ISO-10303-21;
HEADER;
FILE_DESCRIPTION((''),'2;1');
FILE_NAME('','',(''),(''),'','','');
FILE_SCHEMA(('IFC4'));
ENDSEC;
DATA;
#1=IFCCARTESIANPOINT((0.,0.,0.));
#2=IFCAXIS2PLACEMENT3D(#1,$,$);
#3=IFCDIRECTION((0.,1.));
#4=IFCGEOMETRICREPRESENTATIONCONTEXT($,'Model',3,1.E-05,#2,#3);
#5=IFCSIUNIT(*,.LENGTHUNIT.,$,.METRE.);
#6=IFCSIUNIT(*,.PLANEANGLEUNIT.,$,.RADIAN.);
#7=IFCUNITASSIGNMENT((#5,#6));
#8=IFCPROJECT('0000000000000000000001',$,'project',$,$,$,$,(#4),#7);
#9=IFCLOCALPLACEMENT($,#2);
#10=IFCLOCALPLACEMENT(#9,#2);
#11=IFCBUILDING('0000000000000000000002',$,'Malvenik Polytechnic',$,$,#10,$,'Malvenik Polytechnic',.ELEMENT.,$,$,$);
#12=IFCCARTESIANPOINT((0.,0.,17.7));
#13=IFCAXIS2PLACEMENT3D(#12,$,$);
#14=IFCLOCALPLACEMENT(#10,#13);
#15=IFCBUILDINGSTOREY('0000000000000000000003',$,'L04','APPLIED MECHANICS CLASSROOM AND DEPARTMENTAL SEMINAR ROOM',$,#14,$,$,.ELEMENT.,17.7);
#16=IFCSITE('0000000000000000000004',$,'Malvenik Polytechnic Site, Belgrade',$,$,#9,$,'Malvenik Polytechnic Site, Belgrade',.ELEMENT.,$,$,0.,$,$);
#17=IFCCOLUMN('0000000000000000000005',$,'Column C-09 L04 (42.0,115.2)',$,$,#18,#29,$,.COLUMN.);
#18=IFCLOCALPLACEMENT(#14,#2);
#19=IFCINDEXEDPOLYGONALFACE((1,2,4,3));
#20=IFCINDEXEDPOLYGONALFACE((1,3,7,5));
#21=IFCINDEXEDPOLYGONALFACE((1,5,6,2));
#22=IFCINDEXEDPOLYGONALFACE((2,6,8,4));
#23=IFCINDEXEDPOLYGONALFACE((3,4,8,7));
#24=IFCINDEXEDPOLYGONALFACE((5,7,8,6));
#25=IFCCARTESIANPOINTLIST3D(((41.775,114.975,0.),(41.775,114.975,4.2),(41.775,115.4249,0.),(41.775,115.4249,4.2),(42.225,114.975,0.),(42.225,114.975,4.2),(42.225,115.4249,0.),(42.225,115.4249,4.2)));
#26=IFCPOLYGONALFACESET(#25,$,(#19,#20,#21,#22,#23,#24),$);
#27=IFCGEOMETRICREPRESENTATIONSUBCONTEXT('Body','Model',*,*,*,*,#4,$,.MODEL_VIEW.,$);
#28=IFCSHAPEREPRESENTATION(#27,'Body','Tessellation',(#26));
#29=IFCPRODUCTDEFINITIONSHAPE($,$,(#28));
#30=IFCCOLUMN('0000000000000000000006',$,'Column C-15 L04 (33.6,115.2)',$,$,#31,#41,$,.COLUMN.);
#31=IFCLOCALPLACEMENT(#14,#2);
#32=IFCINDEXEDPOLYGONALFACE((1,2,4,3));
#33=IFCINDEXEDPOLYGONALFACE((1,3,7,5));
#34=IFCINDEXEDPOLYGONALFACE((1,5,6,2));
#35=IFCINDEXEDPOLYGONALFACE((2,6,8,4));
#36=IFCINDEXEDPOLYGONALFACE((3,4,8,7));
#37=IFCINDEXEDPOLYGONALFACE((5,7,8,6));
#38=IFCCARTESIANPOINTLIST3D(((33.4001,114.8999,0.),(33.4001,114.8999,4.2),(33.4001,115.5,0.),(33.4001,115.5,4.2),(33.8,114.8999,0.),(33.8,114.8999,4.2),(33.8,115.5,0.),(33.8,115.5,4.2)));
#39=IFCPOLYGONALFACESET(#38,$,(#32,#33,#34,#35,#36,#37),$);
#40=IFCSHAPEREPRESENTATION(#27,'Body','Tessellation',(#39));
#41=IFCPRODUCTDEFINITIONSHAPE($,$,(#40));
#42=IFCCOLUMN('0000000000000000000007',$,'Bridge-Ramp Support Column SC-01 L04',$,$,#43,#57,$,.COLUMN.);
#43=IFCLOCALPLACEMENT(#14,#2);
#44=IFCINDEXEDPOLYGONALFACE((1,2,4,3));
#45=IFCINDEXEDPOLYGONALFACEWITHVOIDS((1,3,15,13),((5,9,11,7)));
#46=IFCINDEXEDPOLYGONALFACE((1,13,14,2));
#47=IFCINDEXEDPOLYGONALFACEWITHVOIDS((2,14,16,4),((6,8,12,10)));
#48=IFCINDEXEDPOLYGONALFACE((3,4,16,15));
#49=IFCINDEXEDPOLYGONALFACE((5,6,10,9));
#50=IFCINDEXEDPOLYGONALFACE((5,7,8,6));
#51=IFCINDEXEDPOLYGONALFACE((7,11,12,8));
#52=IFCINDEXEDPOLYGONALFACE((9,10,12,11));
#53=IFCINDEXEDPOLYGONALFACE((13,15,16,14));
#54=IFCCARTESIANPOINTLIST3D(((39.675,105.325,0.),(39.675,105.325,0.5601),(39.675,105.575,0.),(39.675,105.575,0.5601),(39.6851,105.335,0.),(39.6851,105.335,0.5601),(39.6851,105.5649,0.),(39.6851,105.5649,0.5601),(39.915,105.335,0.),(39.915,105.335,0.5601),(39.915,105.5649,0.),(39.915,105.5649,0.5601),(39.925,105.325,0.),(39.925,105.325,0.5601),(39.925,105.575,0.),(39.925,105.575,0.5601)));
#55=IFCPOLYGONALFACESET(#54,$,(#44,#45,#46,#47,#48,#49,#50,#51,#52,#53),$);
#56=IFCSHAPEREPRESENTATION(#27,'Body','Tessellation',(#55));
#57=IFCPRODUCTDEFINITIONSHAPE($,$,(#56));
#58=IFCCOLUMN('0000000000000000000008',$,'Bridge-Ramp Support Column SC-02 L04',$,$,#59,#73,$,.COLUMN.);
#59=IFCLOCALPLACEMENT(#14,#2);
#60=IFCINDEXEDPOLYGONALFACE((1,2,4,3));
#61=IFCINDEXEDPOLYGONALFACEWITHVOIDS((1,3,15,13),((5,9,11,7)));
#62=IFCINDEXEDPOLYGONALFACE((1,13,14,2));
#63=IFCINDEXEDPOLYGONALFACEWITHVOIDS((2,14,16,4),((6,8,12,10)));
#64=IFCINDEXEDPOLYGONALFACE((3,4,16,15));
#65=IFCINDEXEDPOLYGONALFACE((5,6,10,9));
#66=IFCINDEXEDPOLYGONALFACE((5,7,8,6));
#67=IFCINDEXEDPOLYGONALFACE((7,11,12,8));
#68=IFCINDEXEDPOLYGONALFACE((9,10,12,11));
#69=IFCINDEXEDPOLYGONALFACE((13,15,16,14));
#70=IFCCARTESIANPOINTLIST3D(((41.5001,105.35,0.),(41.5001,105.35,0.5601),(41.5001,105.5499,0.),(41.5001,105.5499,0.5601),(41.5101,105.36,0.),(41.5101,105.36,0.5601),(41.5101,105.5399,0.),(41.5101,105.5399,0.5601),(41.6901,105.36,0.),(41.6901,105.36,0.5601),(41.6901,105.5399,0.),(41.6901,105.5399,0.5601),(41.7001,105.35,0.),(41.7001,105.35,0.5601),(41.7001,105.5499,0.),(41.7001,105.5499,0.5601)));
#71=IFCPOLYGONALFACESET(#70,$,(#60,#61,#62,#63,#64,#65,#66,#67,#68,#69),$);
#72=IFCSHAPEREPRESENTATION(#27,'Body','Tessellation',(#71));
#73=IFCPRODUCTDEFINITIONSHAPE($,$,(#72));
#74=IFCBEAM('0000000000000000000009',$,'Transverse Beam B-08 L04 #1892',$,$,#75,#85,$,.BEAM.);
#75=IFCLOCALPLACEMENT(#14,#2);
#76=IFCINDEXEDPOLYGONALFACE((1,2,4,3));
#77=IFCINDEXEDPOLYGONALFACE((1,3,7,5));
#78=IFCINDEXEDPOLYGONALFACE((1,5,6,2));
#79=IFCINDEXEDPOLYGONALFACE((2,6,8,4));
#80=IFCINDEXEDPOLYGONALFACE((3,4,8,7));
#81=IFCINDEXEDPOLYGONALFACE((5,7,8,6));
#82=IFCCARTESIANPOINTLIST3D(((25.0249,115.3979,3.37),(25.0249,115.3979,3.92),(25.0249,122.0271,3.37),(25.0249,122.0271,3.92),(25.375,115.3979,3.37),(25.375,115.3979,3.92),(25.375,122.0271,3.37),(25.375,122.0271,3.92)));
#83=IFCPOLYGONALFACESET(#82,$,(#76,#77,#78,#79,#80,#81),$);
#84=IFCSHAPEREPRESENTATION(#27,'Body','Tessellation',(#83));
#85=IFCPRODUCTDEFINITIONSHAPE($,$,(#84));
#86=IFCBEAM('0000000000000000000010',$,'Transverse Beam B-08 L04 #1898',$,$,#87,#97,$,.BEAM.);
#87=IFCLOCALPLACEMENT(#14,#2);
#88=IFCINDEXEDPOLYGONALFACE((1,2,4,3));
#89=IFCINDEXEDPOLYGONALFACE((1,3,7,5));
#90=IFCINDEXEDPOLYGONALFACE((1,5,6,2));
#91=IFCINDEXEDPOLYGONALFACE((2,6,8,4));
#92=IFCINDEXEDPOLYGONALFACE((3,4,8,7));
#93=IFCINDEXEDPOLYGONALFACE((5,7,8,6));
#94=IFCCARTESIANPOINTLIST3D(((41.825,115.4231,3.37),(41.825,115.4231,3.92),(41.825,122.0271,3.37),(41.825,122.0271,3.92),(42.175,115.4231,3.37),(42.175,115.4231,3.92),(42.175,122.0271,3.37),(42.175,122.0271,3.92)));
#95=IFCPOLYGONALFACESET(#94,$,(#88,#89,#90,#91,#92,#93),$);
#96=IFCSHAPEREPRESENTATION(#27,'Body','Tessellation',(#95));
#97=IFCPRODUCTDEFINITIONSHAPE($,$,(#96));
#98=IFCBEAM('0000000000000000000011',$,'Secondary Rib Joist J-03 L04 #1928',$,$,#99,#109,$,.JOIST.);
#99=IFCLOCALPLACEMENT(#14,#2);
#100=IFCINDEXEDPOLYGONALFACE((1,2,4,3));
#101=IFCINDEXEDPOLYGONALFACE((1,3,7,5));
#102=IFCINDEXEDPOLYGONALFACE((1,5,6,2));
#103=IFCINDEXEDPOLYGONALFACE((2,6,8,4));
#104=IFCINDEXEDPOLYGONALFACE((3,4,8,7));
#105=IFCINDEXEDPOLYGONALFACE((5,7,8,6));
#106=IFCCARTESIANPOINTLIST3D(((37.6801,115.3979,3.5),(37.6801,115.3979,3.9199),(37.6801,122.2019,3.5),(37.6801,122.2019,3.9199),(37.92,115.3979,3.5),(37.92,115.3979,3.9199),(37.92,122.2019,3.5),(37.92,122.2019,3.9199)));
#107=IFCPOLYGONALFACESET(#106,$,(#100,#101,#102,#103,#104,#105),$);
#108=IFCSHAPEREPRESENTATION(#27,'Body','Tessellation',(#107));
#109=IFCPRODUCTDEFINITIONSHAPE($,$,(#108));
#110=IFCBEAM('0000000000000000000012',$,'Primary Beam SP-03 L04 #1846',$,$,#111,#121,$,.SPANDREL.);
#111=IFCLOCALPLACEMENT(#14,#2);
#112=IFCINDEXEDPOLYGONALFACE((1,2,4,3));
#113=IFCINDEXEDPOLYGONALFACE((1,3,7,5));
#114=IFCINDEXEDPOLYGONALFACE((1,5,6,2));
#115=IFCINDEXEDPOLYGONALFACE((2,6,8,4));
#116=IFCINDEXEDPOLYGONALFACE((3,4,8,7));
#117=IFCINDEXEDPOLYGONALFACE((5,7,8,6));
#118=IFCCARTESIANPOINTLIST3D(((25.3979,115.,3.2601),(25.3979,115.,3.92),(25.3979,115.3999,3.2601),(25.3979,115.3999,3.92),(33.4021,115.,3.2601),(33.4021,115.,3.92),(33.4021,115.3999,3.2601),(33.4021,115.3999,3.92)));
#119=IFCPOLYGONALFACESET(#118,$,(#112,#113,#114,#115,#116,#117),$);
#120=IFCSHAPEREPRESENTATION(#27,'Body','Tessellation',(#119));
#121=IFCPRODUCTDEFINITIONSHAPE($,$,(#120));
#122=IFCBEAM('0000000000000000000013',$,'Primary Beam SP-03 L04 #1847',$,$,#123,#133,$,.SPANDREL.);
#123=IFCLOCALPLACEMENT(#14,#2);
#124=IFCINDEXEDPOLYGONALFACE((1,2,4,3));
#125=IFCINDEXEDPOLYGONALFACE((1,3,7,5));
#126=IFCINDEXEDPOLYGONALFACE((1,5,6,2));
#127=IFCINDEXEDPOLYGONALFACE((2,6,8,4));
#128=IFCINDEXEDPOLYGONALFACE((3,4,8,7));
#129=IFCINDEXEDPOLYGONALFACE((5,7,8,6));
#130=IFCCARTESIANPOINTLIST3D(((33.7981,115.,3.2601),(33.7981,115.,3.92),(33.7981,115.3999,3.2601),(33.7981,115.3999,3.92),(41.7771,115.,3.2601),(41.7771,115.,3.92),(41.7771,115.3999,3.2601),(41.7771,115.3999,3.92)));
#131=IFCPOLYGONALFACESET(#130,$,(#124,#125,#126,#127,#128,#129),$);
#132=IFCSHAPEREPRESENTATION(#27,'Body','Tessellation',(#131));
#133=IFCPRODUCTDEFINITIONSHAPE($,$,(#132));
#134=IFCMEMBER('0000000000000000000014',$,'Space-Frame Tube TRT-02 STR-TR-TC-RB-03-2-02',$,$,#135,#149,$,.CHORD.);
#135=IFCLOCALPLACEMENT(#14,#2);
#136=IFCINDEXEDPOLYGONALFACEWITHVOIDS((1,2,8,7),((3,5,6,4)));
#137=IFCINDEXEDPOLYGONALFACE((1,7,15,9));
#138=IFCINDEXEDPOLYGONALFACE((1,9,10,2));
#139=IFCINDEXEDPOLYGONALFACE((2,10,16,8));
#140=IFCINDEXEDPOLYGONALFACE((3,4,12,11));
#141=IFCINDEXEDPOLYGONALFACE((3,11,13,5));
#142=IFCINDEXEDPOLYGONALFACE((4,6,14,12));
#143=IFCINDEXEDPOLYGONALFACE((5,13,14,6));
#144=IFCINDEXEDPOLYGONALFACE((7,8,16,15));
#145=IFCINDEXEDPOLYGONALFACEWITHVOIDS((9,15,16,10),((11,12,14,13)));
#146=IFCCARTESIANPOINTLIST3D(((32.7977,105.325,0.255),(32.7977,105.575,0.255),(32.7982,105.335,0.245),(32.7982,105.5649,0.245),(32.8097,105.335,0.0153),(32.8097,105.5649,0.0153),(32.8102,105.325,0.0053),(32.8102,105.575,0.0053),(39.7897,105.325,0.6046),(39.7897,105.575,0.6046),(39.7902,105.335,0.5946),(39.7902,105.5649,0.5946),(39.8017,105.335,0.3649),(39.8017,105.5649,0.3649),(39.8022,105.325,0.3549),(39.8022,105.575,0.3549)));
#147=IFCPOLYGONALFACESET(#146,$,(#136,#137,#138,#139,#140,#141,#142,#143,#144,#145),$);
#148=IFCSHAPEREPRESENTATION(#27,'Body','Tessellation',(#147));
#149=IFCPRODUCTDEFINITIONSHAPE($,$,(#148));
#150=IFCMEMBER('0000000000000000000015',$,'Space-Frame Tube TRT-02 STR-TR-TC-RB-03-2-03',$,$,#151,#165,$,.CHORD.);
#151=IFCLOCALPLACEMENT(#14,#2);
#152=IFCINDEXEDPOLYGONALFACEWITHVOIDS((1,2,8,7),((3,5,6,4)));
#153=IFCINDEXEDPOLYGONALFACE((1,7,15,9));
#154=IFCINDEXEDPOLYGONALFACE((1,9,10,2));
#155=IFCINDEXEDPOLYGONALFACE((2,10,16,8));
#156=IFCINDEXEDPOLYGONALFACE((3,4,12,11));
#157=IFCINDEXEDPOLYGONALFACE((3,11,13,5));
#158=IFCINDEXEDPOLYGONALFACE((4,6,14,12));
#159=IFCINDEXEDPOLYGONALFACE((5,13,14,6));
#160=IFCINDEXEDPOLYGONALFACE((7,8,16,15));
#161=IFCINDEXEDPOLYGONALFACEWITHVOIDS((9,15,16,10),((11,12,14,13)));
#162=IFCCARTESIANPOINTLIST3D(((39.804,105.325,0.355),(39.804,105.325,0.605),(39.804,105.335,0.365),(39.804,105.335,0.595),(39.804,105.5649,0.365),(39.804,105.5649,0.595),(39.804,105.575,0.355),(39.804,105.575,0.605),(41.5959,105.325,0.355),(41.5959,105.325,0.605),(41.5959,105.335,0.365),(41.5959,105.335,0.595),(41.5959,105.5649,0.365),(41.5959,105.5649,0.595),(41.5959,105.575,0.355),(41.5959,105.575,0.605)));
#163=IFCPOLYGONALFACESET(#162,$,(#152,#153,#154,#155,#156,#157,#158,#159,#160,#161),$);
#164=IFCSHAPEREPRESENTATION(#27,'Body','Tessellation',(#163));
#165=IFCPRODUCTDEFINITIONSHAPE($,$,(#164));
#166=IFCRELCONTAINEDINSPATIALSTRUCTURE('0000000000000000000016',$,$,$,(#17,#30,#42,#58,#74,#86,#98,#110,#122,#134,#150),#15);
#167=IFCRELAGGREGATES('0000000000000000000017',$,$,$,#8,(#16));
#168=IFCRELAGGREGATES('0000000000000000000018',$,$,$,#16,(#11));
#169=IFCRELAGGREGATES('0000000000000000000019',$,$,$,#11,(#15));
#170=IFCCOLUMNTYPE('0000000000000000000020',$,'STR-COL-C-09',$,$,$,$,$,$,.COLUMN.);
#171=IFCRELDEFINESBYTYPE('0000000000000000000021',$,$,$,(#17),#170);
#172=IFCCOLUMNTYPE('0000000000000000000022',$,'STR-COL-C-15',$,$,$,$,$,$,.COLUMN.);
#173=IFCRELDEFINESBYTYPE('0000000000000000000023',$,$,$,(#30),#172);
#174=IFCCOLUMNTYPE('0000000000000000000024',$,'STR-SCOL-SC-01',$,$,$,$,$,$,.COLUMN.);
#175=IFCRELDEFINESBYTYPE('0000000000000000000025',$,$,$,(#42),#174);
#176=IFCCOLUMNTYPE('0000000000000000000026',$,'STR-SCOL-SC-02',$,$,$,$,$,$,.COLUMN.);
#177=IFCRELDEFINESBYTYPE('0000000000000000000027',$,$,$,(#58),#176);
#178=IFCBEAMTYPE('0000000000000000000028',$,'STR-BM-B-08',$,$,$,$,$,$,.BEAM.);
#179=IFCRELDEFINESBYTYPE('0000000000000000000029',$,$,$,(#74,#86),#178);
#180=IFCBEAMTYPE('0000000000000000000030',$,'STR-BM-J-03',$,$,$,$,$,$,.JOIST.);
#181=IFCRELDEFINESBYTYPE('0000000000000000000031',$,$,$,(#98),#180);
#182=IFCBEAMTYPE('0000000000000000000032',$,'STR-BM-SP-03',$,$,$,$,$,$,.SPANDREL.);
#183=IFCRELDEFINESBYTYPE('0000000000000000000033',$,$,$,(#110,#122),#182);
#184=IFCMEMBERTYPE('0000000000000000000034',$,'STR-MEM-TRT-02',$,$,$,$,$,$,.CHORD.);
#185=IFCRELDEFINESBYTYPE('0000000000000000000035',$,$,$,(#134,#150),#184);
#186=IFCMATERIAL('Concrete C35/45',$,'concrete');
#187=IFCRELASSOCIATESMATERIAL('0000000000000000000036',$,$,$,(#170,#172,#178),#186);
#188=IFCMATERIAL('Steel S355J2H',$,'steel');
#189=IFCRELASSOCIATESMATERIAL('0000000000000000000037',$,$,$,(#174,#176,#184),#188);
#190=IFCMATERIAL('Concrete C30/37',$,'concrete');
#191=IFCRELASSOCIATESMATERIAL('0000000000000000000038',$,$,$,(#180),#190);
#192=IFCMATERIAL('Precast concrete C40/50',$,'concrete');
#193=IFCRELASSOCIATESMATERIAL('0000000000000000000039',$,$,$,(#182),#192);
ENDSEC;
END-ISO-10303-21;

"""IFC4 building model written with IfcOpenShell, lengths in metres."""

from ifc_helpers import new_model, si_unit, direction, frame, origin, origin_2d, place, context, subcontext, project, spatial, rectangle, hollow_rectangle, extrude, material, material_profile, profile_set, type_object, element, save


model = new_model("IFC4")

# Units and contexts
model_context = context("Model", 3, precision=1e-05, world=origin(), true_north=direction((0.0, 1.0)))
body_context = subcontext(model_context, "Body", "Model", "MODEL_VIEW")
ifc_project = project(units=[si_unit("LENGTHUNIT", "METRE"), si_unit("PLANEANGLEUNIT", "RADIAN")], contexts=[model_context])

# Site, building, storey
site_placement = place(None, origin())
site = spatial("IfcSite", under=ifc_project, at=site_placement, Name="Malvenik Polytechnic Site, Belgrade", LongName="Malvenik Polytechnic Site, Belgrade", CompositionType="ELEMENT", RefElevation=0.0)
building_placement = place(site_placement, origin())
building = spatial("IfcBuilding", under=site, at=building_placement, Name="Malvenik Polytechnic", LongName="Malvenik Polytechnic", CompositionType="ELEMENT")
storey_placement = place(building_placement, frame((0.0, 0.0, 17.7)))
storey = spatial("IfcBuildingStorey", under=building, at=storey_placement, Name="L04", Description="APPLIED MECHANICS CLASSROOM AND DEPARTMENTAL SEMINAR ROOM", CompositionType="ELEMENT", Elevation=17.7)

# Columns
ifc_material_1 = material(Name="Concrete C35/45", Category="concrete")
ifc_material_profile_1 = material_profile(ifc_material_1, rectangle(XDim=0.45, YDim=0.45, at=origin_2d()), Name="RC COL 450x450")
ifc_profile_set_1 = profile_set([ifc_material_profile_1], Name="Concrete C35/45")
column_type_1 = type_object("IfcColumnType", Name="STR-COL-C-09", PredefinedType="COLUMN", material=ifc_profile_set_1)
column_1_placement = place(storey_placement, frame((42.0, 115.2, 0.0), z_axis=(0.0, 0.0, 1.0), x_axis=(1.0, 0.0, 0.0)))
element("IfcColumn", 1, at=column_1_placement, inside=storey, type_object=column_type_1, Name="Column C-09 L04 (42.0,115.2)", PredefinedType="COLUMN", context=body_context, shape_type="SweptSolid", body=[
    extrude(rectangle(XDim=0.45, YDim=0.45, at=origin_2d()), origin(), (0.0, 0.0, 1.0), 4.2),
])
ifc_material_profile_2 = material_profile(ifc_material_1, rectangle(XDim=0.3999, YDim=0.6001, at=origin_2d()), Name="RC COL 600x400")
ifc_profile_set_2 = profile_set([ifc_material_profile_2], Name="Concrete C35/45")
column_type_2 = type_object("IfcColumnType", Name="STR-COL-C-15", PredefinedType="COLUMN", material=ifc_profile_set_2)
column_2_placement = place(storey_placement, frame((33.6001, 115.2, 0.0), z_axis=(0.0, 0.0, 1.0), x_axis=(1.0, 0.0, 0.0)))
element("IfcColumn", 2, at=column_2_placement, inside=storey, type_object=column_type_2, Name="Column C-15 L04 (33.6,115.2)", PredefinedType="COLUMN", context=body_context, shape_type="SweptSolid", body=[
    extrude(rectangle(XDim=0.3999, YDim=0.6001, at=origin_2d()), origin(), (0.0, 0.0, 1.0), 4.2),
])
ifc_material_2 = material(Name="Steel S355J2H", Category="steel")
ifc_material_profile_3 = material_profile(ifc_material_2, hollow_rectangle(XDim=0.25, YDim=0.25, WallThickness=0.01, at=origin_2d()), Name="SHS 250x250x10.0")
ifc_profile_set_3 = profile_set([ifc_material_profile_3], Name="Steel S355J2H")
column_type_3 = type_object("IfcColumnType", Name="STR-SCOL-SC-01", PredefinedType="COLUMN", material=ifc_profile_set_3)
column_3_placement = place(storey_placement, frame((39.8, 105.45, 0.0), z_axis=(0.0, 0.0, 1.0), x_axis=(1.0, 0.0, 0.0)))
element("IfcColumn", 3, at=column_3_placement, inside=storey, type_object=column_type_3, Name="Bridge-Ramp Support Column SC-01 L04", PredefinedType="COLUMN", context=body_context, shape_type="SweptSolid", body=[
    extrude(hollow_rectangle(XDim=0.25, YDim=0.25, WallThickness=0.01, at=origin_2d()), origin(), (0.0, 0.0, 1.0), 0.5601),
])
ifc_material_profile_4 = material_profile(ifc_material_2, hollow_rectangle(XDim=0.2, YDim=0.2, WallThickness=0.01, at=origin_2d()), Name="SHS 200x200x10.0")
ifc_profile_set_4 = profile_set([ifc_material_profile_4], Name="Steel S355J2H")
column_type_4 = type_object("IfcColumnType", Name="STR-SCOL-SC-02", PredefinedType="COLUMN", material=ifc_profile_set_4)
column_4_placement = place(storey_placement, frame((41.6001, 105.45, 0.0), z_axis=(0.0, 0.0, 1.0), x_axis=(1.0, 0.0, 0.0)))
element("IfcColumn", 4, at=column_4_placement, inside=storey, type_object=column_type_4, Name="Bridge-Ramp Support Column SC-02 L04", PredefinedType="COLUMN", context=body_context, shape_type="SweptSolid", body=[
    extrude(hollow_rectangle(XDim=0.2, YDim=0.2, WallThickness=0.01, at=origin_2d()), origin(), (0.0, 0.0, 1.0), 0.5601),
])

# Beams
ifc_material_profile_5 = material_profile(ifc_material_1, rectangle(XDim=0.3501, YDim=0.55, at=origin_2d()), Name="RC BM 350x550")
ifc_profile_set_5 = profile_set([ifc_material_profile_5], Name="Concrete C35/45")
beam_type_1 = type_object("IfcBeamType", Name="STR-BM-B-08", PredefinedType="BEAM", material=ifc_profile_set_5)
beam_1_placement = place(storey_placement, frame((25.2, 115.3979, 3.645), z_axis=(0.0, 1.0, 0.0), x_axis=(-1.0, 0.0, 0.0)))
element("IfcBeam", 5, at=beam_1_placement, inside=storey, type_object=beam_type_1, Name="Transverse Beam B-08 L04 #1892", PredefinedType="BEAM", context=body_context, shape_type="SweptSolid", body=[
    extrude(rectangle(XDim=0.3501, YDim=0.55, at=origin_2d()), origin(), (0.0, 0.0, 1.0), 6.6292),
])
beam_2_placement = place(storey_placement, frame((42.0, 115.4231, 3.645), z_axis=(0.0, 1.0, 0.0), x_axis=(-1.0, 0.0, 0.0)))
element("IfcBeam", 6, at=beam_2_placement, inside=storey, type_object=beam_type_1, Name="Transverse Beam B-08 L04 #1898", PredefinedType="BEAM", context=body_context, shape_type="SweptSolid", body=[
    extrude(rectangle(XDim=0.3501, YDim=0.55, at=origin_2d()), origin(), (0.0, 0.0, 1.0), 6.604),
])
ifc_material_3 = material(Name="Concrete C30/37", Category="concrete")
ifc_material_profile_6 = material_profile(ifc_material_3, rectangle(XDim=0.24, YDim=0.4199, at=origin_2d()), Name="RC JST 240x420")
ifc_profile_set_6 = profile_set([ifc_material_profile_6], Name="Concrete C30/37")
beam_type_2 = type_object("IfcBeamType", Name="STR-BM-J-03", PredefinedType="JOIST", material=ifc_profile_set_6)
beam_3_placement = place(storey_placement, frame((37.8, 115.3979, 3.71), z_axis=(0.0, 1.0, 0.0), x_axis=(-1.0, 0.0, 0.0)))
element("IfcBeam", 7, at=beam_3_placement, inside=storey, type_object=beam_type_2, Name="Secondary Rib Joist J-03 L04 #1928", PredefinedType="JOIST", context=body_context, shape_type="SweptSolid", body=[
    extrude(rectangle(XDim=0.24, YDim=0.4199, at=origin_2d()), origin(), (0.0, 0.0, 1.0), 6.804),
])
ifc_material_4 = material(Name="Precast concrete C40/50", Category="concrete")
ifc_material_profile_7 = material_profile(ifc_material_4, rectangle(XDim=0.3999, YDim=0.6599, at=origin_2d()), Name="PC SPN 400x660")
ifc_profile_set_7 = profile_set([ifc_material_profile_7], Name="Precast concrete C40/50")
beam_type_3 = type_object("IfcBeamType", Name="STR-BM-SP-03", PredefinedType="SPANDREL", material=ifc_profile_set_7)
beam_4_placement = place(storey_placement, frame((25.3979, 115.2, 3.5901), z_axis=(1.0, 0.0, 0.0), x_axis=(0.0, 1.0, 0.0)))
element("IfcBeam", 8, at=beam_4_placement, inside=storey, type_object=beam_type_3, Name="Primary Beam SP-03 L04 #1846", PredefinedType="SPANDREL", context=body_context, shape_type="SweptSolid", body=[
    extrude(rectangle(XDim=0.3999, YDim=0.6599, at=origin_2d()), origin(), (0.0, 0.0, 1.0), 8.0042),
])
beam_5_placement = place(storey_placement, frame((33.7981, 115.2, 3.5901), z_axis=(1.0, 0.0, 0.0), x_axis=(0.0, 1.0, 0.0)))
element("IfcBeam", 9, at=beam_5_placement, inside=storey, type_object=beam_type_3, Name="Primary Beam SP-03 L04 #1847", PredefinedType="SPANDREL", context=body_context, shape_type="SweptSolid", body=[
    extrude(rectangle(XDim=0.3999, YDim=0.6599, at=origin_2d()), origin(), (0.0, 0.0, 1.0), 7.979),
])

# Members
ifc_material_profile_8 = material_profile(ifc_material_2, hollow_rectangle(XDim=0.25, YDim=0.25, WallThickness=0.01, at=origin_2d()), Name="SHS 250x250x10.0")
ifc_profile_set_8 = profile_set([ifc_material_profile_8], Name="Steel S355J2H")
member_type = type_object("IfcMemberType", Name="STR-MEM-TRT-02", PredefinedType="CHORD", material=ifc_profile_set_8)
member_1_placement = place(storey_placement, frame((32.804, 105.45, 0.1301), z_axis=(0.998752, 0.0, 0.049939), x_axis=(0.0, 1.0, 0.0)))
element("IfcMember", 10, at=member_1_placement, inside=storey, type_object=member_type, Name="Space-Frame Tube TRT-02 STR-TR-TC-RB-03-2-02", PredefinedType="CHORD", context=body_context, shape_type="SweptSolid", body=[
    extrude(hollow_rectangle(XDim=0.25, YDim=0.25, WallThickness=0.01, at=origin_2d()), origin(), (0.0, 0.0, 1.0), 7.0007),
])
member_2_placement = place(storey_placement, frame((39.804, 105.45, 0.48), z_axis=(1.0, 0.0, 0.0), x_axis=(0.0, 1.0, 0.0)))
element("IfcMember", 11, at=member_2_placement, inside=storey, type_object=member_type, Name="Space-Frame Tube TRT-02 STR-TR-TC-RB-03-2-03", PredefinedType="CHORD", context=body_context, shape_type="SweptSolid", body=[
    extrude(hollow_rectangle(XDim=0.25, YDim=0.25, WallThickness=0.01, at=origin_2d()), origin(), (0.0, 0.0, 1.0), 1.792),
])

save(model, "model.ifc")
